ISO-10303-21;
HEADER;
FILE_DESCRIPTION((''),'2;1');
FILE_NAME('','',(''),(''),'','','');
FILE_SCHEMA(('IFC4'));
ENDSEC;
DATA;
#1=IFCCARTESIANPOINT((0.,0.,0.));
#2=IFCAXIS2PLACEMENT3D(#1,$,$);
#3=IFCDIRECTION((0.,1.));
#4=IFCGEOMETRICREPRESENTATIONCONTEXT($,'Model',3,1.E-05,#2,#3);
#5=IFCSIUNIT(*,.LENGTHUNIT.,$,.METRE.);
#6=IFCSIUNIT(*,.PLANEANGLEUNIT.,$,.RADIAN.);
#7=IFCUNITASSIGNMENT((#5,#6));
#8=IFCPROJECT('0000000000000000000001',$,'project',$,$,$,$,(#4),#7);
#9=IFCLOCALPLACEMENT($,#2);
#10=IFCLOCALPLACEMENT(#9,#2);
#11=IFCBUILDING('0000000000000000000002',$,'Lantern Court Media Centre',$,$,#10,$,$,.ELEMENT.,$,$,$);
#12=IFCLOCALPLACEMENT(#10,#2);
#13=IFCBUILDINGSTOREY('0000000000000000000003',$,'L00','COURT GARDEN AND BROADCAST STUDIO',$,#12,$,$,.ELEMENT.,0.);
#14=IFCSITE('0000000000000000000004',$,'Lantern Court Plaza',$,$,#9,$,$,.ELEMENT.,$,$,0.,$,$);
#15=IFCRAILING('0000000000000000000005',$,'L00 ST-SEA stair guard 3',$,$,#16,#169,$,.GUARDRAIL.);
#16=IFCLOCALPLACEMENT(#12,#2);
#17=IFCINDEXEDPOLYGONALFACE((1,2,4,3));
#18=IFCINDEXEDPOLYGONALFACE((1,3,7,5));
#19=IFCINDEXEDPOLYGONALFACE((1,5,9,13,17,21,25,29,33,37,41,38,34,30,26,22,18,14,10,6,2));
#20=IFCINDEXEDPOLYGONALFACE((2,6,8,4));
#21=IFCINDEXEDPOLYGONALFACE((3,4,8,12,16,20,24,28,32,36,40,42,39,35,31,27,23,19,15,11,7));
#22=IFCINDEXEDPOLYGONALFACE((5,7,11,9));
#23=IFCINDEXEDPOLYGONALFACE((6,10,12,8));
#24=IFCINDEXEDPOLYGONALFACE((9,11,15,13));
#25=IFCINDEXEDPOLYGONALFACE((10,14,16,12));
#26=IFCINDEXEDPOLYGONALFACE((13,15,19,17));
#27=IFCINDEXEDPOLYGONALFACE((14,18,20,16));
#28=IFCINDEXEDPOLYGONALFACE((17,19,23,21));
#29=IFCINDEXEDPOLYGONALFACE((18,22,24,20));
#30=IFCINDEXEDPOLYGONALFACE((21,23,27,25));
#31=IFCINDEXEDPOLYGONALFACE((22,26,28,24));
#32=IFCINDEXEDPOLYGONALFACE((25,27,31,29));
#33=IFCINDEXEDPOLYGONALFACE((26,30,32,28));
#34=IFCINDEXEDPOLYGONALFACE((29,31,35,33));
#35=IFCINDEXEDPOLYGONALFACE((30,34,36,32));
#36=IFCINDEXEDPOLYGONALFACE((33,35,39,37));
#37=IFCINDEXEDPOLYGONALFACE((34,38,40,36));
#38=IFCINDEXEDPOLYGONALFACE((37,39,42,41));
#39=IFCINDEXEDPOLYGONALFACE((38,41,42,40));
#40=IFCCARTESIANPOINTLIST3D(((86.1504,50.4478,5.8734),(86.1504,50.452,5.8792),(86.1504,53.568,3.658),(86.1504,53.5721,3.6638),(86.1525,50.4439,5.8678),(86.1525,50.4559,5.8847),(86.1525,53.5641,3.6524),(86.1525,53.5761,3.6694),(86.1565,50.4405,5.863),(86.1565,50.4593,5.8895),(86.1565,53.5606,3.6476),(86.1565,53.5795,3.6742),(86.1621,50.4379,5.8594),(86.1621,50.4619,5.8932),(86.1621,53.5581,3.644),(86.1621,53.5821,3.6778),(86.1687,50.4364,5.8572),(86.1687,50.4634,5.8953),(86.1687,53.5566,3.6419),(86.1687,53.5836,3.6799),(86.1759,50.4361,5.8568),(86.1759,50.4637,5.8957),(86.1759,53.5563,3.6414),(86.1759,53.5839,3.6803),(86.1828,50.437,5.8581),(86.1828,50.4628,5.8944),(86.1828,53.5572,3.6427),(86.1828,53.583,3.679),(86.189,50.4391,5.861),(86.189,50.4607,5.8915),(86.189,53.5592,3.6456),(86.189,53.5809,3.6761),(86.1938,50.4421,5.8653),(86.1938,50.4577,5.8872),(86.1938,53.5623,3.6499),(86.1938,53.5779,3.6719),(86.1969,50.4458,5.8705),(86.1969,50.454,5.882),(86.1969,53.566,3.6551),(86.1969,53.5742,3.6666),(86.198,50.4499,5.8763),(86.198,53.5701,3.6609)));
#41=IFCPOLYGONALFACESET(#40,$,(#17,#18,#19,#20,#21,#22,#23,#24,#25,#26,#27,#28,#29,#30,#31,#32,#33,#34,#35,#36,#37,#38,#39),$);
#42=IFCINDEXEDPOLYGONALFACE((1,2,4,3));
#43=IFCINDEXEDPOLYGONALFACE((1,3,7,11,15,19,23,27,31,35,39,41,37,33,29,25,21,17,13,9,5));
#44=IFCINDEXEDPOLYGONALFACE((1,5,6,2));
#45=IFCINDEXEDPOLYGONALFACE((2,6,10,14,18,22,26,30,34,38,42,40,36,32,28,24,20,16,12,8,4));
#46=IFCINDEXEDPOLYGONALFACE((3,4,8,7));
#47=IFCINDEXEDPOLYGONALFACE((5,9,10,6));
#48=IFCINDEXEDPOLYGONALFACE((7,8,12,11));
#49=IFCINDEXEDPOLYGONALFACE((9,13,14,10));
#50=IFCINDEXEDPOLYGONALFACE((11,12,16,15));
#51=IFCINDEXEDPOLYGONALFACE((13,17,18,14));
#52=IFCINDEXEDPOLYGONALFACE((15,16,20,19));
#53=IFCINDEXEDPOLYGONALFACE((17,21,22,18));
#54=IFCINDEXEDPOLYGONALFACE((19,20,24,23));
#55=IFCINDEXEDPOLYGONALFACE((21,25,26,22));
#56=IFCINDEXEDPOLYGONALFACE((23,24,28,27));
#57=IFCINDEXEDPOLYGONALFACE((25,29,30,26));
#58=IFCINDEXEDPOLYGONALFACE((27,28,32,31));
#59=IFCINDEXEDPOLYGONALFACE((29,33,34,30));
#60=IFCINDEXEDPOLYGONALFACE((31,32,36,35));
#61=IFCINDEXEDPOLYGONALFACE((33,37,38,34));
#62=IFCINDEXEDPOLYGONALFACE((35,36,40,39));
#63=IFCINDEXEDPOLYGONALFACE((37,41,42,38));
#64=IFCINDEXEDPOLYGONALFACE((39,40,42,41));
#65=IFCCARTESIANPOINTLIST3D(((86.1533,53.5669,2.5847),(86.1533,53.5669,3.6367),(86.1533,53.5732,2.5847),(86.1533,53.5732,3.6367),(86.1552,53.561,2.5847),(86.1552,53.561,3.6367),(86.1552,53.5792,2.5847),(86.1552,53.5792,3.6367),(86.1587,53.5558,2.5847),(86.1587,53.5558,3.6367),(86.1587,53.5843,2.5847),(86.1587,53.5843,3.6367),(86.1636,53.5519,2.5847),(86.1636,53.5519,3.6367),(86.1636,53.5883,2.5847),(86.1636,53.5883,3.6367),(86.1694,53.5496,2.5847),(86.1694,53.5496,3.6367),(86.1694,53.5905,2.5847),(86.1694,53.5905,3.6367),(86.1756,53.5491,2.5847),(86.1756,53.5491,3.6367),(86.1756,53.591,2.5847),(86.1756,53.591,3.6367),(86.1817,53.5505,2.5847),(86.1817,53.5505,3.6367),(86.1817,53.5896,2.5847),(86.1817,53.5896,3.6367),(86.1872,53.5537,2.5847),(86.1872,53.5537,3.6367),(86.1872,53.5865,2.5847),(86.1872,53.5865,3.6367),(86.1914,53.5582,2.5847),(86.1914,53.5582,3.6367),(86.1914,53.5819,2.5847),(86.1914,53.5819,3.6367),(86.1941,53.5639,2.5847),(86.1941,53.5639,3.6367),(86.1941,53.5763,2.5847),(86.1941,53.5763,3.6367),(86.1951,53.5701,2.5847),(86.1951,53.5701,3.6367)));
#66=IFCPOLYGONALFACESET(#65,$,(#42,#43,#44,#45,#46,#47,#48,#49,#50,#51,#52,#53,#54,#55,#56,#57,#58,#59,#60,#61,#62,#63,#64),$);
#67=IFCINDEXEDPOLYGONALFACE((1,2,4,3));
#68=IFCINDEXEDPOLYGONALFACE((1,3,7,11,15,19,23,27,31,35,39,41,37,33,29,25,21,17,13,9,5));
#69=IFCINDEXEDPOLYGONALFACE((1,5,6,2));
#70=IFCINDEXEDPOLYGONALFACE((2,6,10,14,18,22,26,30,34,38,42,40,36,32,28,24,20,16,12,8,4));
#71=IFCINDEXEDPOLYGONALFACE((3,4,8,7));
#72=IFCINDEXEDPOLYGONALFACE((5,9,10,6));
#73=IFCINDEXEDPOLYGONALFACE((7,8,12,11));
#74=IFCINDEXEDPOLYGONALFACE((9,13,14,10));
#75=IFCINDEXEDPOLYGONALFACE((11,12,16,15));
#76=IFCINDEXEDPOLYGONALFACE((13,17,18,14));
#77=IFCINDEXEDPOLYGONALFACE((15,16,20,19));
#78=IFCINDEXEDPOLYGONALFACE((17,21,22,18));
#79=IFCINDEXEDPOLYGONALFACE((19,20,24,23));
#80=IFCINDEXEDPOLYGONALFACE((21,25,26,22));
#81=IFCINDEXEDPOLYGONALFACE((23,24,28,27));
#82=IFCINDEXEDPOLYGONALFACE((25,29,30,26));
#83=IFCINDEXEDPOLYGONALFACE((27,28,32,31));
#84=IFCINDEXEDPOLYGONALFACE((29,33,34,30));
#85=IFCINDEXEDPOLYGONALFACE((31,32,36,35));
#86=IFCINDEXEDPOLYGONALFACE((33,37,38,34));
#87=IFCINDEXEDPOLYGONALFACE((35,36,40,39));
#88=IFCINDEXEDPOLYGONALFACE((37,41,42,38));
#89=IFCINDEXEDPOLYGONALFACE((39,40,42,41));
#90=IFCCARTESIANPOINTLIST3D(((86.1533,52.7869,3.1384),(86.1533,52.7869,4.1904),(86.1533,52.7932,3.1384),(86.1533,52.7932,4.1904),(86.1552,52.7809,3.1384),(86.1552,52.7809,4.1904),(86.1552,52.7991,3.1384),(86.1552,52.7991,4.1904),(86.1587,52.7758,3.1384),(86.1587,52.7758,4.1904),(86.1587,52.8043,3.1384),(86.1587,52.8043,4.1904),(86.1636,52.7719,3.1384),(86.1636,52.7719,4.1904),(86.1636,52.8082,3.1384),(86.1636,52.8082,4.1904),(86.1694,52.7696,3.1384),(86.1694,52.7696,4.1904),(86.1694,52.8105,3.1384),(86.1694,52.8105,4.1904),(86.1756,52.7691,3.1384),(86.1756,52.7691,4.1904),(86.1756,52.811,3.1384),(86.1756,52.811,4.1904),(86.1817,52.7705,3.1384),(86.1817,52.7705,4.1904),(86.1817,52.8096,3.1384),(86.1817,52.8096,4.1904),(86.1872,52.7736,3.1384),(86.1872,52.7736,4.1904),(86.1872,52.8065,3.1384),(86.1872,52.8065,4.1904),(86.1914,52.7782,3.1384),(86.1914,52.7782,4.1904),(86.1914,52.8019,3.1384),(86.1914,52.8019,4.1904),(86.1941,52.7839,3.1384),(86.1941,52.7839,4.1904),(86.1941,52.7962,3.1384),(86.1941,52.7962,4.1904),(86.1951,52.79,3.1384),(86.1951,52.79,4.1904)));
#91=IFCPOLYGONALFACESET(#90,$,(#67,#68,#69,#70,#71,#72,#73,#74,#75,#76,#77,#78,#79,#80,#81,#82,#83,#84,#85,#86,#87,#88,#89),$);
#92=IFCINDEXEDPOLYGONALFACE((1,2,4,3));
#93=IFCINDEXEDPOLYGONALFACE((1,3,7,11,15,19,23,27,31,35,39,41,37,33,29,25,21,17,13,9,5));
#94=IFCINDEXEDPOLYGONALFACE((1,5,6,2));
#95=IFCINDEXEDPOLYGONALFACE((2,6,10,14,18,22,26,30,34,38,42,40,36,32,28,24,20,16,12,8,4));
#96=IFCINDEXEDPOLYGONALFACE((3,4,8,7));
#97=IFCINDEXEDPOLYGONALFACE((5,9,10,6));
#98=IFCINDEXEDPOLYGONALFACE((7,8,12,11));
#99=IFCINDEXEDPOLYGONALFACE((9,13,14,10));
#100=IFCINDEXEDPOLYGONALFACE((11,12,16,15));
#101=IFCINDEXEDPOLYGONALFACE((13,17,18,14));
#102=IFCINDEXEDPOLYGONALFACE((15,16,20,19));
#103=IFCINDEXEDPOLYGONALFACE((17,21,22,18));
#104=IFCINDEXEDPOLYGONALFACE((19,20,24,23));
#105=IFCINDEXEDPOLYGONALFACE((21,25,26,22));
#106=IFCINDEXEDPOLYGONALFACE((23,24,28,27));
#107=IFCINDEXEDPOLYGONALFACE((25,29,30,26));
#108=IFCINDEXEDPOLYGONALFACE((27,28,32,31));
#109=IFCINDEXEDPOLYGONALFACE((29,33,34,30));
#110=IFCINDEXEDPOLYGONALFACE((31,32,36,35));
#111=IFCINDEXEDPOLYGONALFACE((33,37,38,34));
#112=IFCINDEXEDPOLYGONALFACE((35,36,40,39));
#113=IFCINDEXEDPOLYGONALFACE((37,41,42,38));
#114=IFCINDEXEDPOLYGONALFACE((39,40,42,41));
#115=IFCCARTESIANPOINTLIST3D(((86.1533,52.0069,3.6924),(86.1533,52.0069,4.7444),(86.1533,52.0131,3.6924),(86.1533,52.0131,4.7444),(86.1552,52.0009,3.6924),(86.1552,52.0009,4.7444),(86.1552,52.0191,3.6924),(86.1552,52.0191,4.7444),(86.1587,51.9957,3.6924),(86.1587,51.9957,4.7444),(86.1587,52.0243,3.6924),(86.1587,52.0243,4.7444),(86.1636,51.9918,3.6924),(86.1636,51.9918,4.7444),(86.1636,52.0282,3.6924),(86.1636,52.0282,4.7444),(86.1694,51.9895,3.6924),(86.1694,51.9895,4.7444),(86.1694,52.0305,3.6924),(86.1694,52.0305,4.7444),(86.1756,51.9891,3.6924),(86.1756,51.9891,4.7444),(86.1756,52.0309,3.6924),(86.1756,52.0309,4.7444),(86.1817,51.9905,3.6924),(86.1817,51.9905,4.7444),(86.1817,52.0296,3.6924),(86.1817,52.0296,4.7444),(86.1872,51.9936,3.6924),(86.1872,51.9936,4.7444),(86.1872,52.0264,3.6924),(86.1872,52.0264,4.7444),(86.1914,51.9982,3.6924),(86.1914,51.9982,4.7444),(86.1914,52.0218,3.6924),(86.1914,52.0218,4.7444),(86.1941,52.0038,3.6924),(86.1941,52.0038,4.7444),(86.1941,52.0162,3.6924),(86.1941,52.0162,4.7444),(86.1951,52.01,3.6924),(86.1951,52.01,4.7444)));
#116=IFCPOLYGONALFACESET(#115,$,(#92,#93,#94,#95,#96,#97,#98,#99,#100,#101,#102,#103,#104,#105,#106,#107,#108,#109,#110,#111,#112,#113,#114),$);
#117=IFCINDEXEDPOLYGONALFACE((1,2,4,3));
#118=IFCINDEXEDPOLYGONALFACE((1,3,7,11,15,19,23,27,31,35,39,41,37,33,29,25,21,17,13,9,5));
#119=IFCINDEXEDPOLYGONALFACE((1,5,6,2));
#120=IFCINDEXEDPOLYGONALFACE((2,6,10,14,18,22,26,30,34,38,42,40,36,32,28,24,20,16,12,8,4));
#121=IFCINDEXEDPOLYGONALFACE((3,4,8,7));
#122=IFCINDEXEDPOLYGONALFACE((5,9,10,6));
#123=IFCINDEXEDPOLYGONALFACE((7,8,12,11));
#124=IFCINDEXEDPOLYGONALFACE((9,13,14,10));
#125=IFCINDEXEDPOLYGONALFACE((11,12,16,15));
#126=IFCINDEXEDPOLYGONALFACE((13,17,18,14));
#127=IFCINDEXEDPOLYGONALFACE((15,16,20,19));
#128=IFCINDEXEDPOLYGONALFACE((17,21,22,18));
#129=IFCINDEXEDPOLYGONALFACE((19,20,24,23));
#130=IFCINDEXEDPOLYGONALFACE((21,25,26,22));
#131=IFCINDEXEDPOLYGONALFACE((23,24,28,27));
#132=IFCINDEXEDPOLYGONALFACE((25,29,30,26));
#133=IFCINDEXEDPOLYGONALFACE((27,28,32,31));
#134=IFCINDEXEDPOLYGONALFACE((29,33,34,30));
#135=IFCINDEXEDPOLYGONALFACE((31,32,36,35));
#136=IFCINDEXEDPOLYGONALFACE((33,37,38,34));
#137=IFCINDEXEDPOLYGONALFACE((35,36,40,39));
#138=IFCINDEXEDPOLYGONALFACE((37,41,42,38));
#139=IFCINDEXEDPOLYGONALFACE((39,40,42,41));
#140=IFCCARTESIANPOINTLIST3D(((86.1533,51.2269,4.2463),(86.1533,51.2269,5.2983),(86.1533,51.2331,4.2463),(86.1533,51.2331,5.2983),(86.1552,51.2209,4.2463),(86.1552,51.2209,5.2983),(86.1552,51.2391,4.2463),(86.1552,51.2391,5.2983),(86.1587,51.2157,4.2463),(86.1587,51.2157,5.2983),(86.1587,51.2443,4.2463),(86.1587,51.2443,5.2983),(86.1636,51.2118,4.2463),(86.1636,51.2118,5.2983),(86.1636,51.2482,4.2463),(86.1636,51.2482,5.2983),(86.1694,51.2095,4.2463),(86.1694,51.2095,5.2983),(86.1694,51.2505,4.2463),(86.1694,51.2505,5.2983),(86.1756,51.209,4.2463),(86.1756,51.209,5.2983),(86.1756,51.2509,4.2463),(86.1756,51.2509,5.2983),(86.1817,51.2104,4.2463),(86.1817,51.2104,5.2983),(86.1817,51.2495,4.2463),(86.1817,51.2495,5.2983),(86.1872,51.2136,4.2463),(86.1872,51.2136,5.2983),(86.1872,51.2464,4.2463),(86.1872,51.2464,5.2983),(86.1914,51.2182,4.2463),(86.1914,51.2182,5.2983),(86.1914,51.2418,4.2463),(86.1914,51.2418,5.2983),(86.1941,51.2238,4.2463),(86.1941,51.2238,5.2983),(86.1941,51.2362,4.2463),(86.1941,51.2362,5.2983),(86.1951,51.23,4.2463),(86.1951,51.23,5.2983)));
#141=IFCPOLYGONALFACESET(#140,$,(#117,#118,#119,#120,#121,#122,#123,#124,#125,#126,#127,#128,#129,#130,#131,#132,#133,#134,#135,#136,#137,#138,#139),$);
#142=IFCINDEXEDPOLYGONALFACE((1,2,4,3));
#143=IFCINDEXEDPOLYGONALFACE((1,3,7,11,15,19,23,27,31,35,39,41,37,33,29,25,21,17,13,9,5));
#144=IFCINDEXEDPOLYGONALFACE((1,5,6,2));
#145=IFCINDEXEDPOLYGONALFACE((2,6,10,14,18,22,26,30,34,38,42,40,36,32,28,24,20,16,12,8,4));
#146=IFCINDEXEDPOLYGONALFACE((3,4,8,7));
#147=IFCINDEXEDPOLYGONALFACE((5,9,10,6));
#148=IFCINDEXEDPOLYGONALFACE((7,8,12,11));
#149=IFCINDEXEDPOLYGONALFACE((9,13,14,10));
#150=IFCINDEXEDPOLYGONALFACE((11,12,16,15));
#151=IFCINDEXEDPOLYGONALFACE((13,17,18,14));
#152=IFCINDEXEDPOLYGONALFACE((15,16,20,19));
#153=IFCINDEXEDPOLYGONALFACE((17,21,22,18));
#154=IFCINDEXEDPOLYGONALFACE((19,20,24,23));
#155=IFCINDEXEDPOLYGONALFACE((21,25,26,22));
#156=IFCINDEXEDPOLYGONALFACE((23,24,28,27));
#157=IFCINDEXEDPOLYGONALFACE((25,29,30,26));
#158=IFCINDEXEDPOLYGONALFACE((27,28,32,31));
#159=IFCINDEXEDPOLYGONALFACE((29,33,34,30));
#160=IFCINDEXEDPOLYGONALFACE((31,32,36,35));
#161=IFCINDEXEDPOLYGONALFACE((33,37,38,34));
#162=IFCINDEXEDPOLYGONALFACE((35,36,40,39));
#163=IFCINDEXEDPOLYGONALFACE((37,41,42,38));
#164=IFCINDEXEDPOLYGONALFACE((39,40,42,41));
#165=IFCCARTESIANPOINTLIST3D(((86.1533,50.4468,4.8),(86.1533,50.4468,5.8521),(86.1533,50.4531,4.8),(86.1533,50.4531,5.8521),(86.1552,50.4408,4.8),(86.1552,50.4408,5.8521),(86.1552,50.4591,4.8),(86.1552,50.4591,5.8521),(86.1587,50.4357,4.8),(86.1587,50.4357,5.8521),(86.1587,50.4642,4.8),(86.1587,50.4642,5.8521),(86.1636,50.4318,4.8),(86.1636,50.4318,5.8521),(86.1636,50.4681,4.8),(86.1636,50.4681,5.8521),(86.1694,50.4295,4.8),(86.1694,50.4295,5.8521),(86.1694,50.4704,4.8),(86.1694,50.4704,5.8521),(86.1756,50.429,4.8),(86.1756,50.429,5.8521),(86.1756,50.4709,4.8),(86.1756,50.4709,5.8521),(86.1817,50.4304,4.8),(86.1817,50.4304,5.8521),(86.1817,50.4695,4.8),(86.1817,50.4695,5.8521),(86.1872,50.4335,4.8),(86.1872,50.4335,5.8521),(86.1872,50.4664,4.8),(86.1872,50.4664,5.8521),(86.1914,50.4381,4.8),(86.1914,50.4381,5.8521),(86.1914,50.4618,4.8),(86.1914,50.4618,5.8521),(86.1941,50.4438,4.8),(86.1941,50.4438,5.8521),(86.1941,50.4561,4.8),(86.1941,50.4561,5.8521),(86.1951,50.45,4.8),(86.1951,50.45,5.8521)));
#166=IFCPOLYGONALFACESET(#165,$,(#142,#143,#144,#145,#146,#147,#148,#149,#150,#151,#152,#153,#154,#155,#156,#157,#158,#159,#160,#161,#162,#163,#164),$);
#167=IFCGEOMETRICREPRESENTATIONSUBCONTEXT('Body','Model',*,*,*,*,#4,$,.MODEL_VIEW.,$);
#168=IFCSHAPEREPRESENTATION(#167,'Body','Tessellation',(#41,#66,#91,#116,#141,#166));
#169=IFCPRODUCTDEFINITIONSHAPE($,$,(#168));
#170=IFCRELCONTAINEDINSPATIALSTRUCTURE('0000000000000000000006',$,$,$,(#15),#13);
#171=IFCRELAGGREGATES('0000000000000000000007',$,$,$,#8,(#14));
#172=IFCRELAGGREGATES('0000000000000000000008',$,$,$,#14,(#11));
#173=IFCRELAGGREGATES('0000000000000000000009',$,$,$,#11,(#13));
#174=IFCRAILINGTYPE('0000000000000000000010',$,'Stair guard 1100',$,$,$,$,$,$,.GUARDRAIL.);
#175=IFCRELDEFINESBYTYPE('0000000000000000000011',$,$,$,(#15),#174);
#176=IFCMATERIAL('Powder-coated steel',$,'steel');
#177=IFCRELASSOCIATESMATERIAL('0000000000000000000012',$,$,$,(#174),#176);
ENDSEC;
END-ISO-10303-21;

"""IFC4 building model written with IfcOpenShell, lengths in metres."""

from ifc_helpers import new_model, si_unit, direction, frame, origin, origin_2d, place, context, subcontext, project, spatial, circle, extrude, material, type_object, element, save


model = new_model("IFC4")

# Units and contexts
model_context = context("Model", 3, precision=1e-05, world=origin(), true_north=direction((0.0, 1.0)))
body_context = subcontext(model_context, "Body", "Model", "MODEL_VIEW")
ifc_project = project(units=[si_unit("LENGTHUNIT", "METRE"), si_unit("PLANEANGLEUNIT", "RADIAN")], contexts=[model_context])

# Site, building, storey
site_placement = place(None, origin())
site = spatial("IfcSite", under=ifc_project, at=site_placement, Name="Lantern Court Plaza", CompositionType="ELEMENT", RefElevation=0.0)
building_placement = place(site_placement, origin())
building = spatial("IfcBuilding", under=site, at=building_placement, Name="Lantern Court Media Centre", CompositionType="ELEMENT")
storey_placement = place(building_placement, origin())
storey = spatial("IfcBuildingStorey", under=building, at=storey_placement, Name="L00", Description="COURT GARDEN AND BROADCAST STUDIO", CompositionType="ELEMENT", Elevation=0.0)

# Railing
ifc_material_1 = material(Name="Powder-coated steel", Category="steel")
railing_type_1 = type_object("IfcRailingType", Name="Stair guard 1100", PredefinedType="GUARDRAIL", material=ifc_material_1)
railing_1_placement = place(storey_placement, frame((86.1741, 53.5701, 2.5847)))
element("IfcRailing", 1, at=railing_1_placement, inside=storey, type_object=railing_type_1, Name="L00 ST-SEA stair guard 3", PredefinedType="GUARDRAIL", context=body_context, shape_type="SweptSolid", body=[
    extrude(circle(Radius=0.0239, at=origin_2d()), frame((0.0, 0.0, 1.0762), z_axis=(0.0, -0.815377, 0.57893), x_axis=(1.0, 0.0, 0.0)), (0.0, 0.0, 1.0), 3.8267),
    extrude(circle(Radius=0.021, at=origin_2d()), origin(), (0.0, 0.0, 1.0), 1.052),
    extrude(circle(Radius=0.021, at=origin_2d()), frame((0.0, -0.78, 0.5537)), (0.0, 0.0, 1.0), 1.052),
    extrude(circle(Radius=0.021, at=origin_2d()), frame((0.0, -1.5601, 1.1077)), (0.0, 0.0, 1.0), 1.052),
    extrude(circle(Radius=0.021, at=origin_2d()), frame((0.0, -2.3401, 1.6616)), (0.0, 0.0, 1.0), 1.052),
    extrude(circle(Radius=0.021, at=origin_2d()), frame((0.0, -3.1201, 2.2153)), (0.0, 0.0, 1.0), 1.052),
])

save(model, "model.ifc")
